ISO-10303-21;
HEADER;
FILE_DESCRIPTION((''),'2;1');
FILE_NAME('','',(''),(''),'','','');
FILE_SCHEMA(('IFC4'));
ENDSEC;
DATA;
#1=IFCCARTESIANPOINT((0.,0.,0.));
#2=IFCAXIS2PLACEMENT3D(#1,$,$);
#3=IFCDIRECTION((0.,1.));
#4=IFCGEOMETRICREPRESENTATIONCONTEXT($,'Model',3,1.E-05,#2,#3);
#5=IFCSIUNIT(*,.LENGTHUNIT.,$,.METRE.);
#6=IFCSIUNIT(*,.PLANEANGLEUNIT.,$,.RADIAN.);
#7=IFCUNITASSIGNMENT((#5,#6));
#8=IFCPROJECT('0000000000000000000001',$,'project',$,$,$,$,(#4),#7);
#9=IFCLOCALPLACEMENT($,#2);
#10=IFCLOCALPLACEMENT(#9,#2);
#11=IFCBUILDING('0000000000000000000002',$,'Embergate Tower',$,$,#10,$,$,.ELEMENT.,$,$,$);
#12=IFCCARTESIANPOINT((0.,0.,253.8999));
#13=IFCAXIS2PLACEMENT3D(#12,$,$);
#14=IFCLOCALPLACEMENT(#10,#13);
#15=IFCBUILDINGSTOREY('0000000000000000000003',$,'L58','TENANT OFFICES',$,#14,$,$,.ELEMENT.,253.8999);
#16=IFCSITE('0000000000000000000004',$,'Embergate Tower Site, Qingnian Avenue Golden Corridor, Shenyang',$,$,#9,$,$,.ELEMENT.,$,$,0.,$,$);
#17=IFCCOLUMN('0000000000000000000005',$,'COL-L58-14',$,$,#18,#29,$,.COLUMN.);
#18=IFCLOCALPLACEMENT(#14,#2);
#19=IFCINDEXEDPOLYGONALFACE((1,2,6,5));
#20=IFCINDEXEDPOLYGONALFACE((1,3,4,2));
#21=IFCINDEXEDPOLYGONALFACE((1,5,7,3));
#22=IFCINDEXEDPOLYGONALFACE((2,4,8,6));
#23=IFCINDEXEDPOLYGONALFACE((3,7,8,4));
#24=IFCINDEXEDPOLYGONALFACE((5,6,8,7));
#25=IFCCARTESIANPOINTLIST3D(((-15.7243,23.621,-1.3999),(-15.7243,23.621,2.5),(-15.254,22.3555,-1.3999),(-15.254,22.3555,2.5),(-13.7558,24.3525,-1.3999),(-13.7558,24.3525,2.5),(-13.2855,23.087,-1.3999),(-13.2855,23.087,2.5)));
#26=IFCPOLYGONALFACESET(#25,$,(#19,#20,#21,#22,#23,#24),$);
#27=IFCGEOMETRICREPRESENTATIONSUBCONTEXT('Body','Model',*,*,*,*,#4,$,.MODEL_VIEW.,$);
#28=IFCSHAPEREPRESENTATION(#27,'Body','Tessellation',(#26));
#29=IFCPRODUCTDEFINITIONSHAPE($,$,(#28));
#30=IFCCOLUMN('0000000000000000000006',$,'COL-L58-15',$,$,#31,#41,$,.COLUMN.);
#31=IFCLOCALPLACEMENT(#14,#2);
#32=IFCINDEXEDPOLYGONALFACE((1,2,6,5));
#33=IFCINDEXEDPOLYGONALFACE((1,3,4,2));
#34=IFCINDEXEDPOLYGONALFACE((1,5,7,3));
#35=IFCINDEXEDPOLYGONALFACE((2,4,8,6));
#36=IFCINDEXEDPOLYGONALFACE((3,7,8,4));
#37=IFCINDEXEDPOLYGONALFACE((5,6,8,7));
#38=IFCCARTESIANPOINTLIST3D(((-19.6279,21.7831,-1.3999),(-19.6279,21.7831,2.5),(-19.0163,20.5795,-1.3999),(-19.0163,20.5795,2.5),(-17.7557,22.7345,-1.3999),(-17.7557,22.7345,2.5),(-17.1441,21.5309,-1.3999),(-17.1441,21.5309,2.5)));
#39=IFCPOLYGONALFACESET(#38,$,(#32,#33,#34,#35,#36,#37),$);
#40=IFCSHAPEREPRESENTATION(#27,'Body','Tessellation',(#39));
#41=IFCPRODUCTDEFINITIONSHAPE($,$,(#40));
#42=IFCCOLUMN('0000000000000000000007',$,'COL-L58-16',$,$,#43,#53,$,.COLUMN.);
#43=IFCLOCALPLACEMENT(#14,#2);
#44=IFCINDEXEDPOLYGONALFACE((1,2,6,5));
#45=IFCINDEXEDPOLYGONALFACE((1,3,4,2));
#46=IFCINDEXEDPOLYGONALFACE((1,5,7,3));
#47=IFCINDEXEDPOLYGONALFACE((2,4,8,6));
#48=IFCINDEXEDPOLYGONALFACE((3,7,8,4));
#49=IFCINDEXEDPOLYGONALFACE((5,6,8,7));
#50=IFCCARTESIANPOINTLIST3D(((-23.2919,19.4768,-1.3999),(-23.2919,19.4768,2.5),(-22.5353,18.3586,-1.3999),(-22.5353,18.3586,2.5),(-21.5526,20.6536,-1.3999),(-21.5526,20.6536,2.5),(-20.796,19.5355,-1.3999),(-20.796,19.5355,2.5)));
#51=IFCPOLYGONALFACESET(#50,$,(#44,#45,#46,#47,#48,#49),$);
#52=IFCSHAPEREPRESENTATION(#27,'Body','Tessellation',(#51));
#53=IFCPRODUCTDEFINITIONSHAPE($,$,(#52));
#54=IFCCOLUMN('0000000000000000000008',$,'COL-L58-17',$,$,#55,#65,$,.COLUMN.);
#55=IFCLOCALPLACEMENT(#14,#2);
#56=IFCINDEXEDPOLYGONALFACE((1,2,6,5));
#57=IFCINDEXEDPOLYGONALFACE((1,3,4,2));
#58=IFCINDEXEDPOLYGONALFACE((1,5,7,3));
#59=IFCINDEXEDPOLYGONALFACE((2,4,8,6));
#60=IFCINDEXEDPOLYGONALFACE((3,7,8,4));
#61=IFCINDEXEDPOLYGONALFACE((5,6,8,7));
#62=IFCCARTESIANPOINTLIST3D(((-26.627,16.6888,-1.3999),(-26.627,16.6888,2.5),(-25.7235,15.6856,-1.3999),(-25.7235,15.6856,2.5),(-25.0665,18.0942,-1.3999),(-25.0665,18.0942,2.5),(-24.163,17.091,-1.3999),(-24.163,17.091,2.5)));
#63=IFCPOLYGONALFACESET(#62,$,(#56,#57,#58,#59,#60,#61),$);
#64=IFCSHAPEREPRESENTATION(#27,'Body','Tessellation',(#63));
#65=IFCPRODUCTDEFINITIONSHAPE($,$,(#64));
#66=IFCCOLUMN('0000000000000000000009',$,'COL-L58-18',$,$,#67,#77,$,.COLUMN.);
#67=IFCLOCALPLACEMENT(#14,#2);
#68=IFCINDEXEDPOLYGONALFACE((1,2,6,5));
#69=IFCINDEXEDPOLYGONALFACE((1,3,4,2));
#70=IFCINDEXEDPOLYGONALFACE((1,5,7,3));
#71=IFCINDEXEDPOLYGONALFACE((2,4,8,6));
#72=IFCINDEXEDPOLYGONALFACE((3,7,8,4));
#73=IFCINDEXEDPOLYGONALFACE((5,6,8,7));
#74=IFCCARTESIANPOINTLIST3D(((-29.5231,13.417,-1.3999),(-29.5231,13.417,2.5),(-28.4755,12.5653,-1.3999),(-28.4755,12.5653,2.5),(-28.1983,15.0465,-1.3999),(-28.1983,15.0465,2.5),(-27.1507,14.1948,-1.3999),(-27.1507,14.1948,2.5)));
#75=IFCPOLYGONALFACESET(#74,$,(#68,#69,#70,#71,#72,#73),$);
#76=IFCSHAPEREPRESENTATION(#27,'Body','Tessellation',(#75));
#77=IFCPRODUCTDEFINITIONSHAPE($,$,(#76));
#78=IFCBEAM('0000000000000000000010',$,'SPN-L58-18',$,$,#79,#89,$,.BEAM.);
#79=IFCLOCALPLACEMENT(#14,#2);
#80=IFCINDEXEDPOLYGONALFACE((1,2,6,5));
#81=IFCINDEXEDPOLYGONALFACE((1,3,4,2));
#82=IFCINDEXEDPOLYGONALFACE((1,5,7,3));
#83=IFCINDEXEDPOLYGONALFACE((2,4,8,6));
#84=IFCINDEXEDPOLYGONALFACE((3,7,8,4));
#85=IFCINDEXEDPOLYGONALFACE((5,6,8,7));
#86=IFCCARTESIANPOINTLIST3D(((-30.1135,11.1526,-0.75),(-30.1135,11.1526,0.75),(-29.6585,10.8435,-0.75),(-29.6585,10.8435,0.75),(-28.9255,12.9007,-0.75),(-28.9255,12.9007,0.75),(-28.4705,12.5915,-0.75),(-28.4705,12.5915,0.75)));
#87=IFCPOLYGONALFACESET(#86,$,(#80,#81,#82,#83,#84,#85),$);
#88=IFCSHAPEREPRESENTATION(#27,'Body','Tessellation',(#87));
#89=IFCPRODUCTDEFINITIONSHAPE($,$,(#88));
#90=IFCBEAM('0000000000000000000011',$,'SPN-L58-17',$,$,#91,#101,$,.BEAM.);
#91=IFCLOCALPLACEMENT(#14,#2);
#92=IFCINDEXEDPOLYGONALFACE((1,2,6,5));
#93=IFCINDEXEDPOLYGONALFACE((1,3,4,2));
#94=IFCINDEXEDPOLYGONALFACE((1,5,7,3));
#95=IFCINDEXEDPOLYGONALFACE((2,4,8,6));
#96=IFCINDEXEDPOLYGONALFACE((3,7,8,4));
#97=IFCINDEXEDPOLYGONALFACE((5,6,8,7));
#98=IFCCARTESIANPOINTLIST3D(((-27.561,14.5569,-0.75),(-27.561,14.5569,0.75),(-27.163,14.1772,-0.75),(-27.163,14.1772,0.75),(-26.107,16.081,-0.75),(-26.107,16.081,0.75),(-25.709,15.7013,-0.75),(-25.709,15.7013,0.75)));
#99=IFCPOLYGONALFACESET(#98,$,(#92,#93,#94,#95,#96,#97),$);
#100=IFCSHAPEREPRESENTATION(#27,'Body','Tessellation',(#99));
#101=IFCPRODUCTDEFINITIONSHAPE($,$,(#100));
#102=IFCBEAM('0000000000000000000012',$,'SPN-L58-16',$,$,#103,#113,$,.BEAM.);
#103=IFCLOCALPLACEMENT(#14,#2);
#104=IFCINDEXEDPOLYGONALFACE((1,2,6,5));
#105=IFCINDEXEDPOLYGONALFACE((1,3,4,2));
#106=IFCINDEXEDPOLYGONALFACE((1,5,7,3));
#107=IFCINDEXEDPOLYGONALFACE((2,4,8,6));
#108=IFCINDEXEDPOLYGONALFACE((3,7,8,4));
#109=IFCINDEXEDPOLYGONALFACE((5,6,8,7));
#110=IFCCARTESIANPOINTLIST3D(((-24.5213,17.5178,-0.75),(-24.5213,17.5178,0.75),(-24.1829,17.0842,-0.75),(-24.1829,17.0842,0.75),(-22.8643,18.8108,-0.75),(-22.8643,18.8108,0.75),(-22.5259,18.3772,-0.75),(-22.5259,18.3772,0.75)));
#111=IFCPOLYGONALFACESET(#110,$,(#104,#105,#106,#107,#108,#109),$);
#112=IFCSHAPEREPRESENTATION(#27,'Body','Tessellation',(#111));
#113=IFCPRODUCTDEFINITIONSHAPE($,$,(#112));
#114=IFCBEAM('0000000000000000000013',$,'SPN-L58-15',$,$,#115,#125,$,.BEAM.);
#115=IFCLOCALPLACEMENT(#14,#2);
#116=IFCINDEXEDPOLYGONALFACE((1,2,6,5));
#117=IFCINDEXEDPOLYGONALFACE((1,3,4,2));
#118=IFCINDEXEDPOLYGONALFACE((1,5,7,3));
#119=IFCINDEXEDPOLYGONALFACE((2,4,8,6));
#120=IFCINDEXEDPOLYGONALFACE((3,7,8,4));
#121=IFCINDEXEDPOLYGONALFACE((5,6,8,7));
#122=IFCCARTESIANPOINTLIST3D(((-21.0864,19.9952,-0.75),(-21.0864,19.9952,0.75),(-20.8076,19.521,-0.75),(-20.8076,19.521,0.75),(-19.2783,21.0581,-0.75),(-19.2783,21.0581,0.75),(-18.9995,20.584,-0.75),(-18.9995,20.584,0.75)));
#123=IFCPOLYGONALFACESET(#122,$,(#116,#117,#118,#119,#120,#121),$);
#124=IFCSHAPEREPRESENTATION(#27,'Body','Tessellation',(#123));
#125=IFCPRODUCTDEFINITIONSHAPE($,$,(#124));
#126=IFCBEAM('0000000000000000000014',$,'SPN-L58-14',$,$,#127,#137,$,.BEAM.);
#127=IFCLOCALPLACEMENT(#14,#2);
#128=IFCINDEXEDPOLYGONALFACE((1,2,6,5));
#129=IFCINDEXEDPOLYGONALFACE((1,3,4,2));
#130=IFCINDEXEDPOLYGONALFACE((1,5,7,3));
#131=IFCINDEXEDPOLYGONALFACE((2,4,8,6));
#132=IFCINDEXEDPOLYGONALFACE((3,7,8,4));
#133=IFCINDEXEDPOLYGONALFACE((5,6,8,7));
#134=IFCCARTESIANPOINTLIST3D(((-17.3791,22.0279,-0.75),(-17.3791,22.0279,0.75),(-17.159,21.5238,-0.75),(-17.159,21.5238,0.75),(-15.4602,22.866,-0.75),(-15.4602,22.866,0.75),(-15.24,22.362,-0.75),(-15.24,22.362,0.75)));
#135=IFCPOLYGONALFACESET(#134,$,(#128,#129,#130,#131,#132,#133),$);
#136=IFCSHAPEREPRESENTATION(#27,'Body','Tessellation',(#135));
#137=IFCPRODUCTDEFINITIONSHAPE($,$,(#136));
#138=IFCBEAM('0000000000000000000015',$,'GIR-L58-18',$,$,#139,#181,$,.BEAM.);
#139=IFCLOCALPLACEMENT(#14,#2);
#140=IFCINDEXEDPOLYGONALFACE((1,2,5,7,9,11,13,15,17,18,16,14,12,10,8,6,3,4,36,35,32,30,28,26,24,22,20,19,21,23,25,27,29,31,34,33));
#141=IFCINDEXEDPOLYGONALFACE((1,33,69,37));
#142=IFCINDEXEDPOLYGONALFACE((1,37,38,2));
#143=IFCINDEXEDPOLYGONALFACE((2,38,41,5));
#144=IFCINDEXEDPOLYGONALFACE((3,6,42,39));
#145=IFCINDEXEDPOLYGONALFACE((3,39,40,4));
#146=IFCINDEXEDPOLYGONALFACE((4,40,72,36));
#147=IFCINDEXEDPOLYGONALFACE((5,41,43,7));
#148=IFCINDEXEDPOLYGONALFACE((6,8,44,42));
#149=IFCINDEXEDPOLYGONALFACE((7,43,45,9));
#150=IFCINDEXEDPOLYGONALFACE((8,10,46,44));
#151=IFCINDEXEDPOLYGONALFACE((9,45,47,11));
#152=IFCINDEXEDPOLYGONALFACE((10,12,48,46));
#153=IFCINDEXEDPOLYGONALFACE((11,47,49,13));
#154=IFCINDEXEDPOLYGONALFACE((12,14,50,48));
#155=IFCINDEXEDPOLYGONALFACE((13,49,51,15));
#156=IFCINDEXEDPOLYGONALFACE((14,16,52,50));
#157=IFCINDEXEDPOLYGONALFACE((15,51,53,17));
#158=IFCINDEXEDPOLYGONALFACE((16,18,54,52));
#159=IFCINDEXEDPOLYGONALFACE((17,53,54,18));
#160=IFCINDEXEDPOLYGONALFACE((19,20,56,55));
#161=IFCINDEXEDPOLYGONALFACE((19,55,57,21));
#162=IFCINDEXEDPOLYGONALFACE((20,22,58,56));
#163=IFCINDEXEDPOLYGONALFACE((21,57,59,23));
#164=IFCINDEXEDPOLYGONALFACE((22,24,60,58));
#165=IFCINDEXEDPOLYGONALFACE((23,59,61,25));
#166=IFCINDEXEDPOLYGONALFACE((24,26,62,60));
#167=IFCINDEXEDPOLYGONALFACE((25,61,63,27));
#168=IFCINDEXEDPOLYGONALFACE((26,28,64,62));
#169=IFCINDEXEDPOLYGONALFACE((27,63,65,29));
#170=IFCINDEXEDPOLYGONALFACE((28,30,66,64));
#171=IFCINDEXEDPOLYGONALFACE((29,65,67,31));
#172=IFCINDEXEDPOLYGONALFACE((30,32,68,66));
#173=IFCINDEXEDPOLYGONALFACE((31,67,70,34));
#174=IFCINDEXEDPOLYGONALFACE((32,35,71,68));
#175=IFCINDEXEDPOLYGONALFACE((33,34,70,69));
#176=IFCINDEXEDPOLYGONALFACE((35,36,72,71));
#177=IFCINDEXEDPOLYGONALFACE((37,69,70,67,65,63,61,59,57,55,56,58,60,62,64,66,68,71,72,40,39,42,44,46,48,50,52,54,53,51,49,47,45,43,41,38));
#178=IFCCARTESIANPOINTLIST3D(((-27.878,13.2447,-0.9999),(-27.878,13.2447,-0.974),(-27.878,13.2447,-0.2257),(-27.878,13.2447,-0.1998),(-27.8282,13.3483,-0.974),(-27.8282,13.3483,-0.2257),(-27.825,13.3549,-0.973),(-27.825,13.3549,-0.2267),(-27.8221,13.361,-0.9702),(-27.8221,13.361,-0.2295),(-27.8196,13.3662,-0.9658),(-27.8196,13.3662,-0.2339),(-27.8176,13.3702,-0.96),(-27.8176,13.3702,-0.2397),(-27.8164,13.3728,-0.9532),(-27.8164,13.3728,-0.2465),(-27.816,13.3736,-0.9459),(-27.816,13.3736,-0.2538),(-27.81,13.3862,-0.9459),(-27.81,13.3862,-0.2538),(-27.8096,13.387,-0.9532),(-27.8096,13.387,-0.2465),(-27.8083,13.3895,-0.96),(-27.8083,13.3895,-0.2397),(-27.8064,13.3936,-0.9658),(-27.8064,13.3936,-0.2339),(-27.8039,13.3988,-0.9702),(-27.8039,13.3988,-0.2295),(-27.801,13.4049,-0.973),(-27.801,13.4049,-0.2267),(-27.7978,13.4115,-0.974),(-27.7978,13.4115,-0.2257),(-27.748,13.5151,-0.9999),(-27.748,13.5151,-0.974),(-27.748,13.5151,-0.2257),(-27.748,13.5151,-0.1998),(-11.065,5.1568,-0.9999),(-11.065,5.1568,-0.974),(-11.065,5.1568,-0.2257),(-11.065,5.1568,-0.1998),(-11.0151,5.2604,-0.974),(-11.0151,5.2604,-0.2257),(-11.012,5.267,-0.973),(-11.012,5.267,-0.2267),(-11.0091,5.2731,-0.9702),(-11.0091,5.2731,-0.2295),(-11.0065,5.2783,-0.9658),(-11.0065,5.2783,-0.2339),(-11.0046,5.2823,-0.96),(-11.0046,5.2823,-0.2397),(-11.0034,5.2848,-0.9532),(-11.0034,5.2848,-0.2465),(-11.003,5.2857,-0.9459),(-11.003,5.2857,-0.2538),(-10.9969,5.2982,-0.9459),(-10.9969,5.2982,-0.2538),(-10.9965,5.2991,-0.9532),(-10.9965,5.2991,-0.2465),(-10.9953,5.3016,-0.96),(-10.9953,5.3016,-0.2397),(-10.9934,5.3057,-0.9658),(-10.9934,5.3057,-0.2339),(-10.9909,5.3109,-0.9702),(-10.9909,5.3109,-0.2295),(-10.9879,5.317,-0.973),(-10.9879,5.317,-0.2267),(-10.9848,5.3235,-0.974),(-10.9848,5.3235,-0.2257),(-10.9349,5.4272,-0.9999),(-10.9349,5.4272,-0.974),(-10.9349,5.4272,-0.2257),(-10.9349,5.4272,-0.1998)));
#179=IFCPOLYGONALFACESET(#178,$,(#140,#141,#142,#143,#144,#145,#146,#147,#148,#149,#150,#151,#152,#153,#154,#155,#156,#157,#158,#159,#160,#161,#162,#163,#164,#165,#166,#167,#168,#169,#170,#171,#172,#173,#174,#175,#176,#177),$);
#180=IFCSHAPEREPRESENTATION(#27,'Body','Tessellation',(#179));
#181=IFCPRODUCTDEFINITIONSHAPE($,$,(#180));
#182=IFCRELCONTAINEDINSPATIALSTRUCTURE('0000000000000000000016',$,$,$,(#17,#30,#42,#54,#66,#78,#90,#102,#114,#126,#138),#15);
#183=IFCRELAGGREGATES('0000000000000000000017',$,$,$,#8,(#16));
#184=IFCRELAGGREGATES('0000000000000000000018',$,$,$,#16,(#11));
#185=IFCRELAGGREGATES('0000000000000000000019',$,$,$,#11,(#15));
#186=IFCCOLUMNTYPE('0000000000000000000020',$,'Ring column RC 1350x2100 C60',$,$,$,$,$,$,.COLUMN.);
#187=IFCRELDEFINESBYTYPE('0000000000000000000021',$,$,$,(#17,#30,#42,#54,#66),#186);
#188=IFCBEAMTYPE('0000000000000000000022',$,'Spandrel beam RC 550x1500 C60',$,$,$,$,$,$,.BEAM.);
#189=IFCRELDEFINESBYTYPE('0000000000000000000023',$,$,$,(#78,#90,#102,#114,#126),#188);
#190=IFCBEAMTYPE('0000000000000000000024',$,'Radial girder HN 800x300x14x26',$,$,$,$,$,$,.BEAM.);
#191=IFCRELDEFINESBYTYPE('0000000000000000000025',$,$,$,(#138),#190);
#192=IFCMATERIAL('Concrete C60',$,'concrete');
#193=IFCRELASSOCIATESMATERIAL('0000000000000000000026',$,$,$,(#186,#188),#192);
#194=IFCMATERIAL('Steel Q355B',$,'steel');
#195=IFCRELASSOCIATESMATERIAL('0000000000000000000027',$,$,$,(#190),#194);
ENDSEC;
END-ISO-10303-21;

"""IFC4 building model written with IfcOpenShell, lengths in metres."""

from ifc_helpers import new_model, si_unit, direction, frame, origin, origin_2d, place, context, subcontext, project, spatial, rectangle, i_section, extrude, source, transform, mapped, material, material_profile, profile_set, type_object, element, save


model = new_model("IFC4")

# Units and contexts
model_context = context("Model", 3, precision=1e-05, world=origin(), true_north=direction((0.0, 1.0)))
body_context = subcontext(model_context, "Body", "Model", "MODEL_VIEW")
ifc_project = project(units=[si_unit("LENGTHUNIT", "METRE"), si_unit("PLANEANGLEUNIT", "RADIAN")], contexts=[model_context])

# Site, building, storey
site_placement = place(None, origin())
site = spatial("IfcSite", under=ifc_project, at=site_placement, Name="Embergate Tower Site, Qingnian Avenue Golden Corridor, Shenyang", CompositionType="ELEMENT", RefElevation=0.0)
building_placement = place(site_placement, origin())
building = spatial("IfcBuilding", under=site, at=building_placement, Name="Embergate Tower", CompositionType="ELEMENT")
storey_placement = place(building_placement, frame((0.0, 0.0, 253.8999)))
storey = spatial("IfcBuildingStorey", under=building, at=storey_placement, Name="L58", Description="TENANT OFFICES", CompositionType="ELEMENT", Elevation=253.8999)

# Columns
ifc_material_1 = material(Name="Concrete C60", Category="concrete")
ifc_material_profile_1 = material_profile(ifc_material_1, rectangle(XDim=1.3501, YDim=2.1001, at=origin_2d()), Name="RC 1350x2100")
ifc_profile_set_1 = profile_set([ifc_material_profile_1], Name="Concrete C60")
column_type = type_object("IfcColumnType", Name="Ring column RC 1350x2100 C60", PredefinedType="COLUMN", material=ifc_profile_set_1)
shared_shape_1 = source(origin(), body_context, "Body", "SweptSolid", [
    extrude(rectangle(XDim=1.3501, YDim=2.1001, at=origin_2d()), origin(), (0.0, 0.0, 1.0), 3.8999),
])
for number, where, z_axis, x_axis, name in (
    (1, (-14.5049, 23.354, -1.3999), (0.0, 0.0, 1.0), (-0.348343, 0.937367, 0.0), "COL-L58-14"),
    (2, (-18.386, 21.657, -1.3999), (0.0, 0.0, 1.0), (-0.453011, 0.891505, 0.0), "COL-L58-15"),
    (3, (-22.0439, 19.5061, -1.3999), (0.0, 0.0, 1.0), (-0.560393, 0.828227, 0.0), "COL-L58-16"),
    (4, (-25.395, 16.8899, -1.3999), (0.0, 0.0, 1.0), (-0.669208, 0.743075, 0.0), "COL-L58-17"),
    (5, (-28.3369, 13.8059, -1.3999), (0.0, 0.0, 1.0), (-0.775925, 0.630825, 0.0), "COL-L58-18"),
):
    element("IfcColumn", number, at=place(storey_placement, frame(where, z_axis=z_axis, x_axis=x_axis)), inside=storey, type_object=column_type, Name=name, PredefinedType="COLUMN", context=body_context, shape_type="MappedRepresentation", body=[
        mapped(shared_shape_1, transform((0.0, 0.0, 0.0))),
    ])

# Beams
ifc_material_profile_2 = material_profile(ifc_material_1, rectangle(XDim=0.55, YDim=1.5, at=origin_2d()), Name="RC 550x1500")
ifc_profile_set_2 = profile_set([ifc_material_profile_2], Name="Concrete C60")
beam_type_1 = type_object("IfcBeamType", Name="Spandrel beam RC 550x1500 C60", PredefinedType="BEAM", material=ifc_profile_set_2)
shared_shape_2 = source(origin(), body_context, "Body", "SweptSolid", [
    extrude(rectangle(XDim=0.55, YDim=1.5, at=origin_2d()), origin(), (0.0, 0.0, 1.0), 2.1135),
])
beam_1_placement = place(storey_placement, frame((-28.698, 12.7461, 0.0), z_axis=(-0.562089, -0.827077, 0.0), x_axis=(0.827077, -0.562089, 0.0)))
element("IfcBeam", 6, at=beam_1_placement, inside=storey, type_object=beam_type_1, Name="SPN-L58-18", PredefinedType="BEAM", context=body_context, shape_type="MappedRepresentation", body=[
    mapped(shared_shape_2, transform((0.0, 0.0, 0.0))),
])
shared_shape_3 = source(origin(), body_context, "Body", "SweptSolid", [
    extrude(rectangle(XDim=0.55, YDim=1.5, at=origin_2d()), origin(), (0.0, 0.0, 1.0), 2.1064),
])
beam_2_placement = place(storey_placement, frame((-25.908, 15.8911, 0.0), z_axis=(-0.69028, -0.723542, 0.0), x_axis=(0.723542, -0.69028, 0.0)))
element("IfcBeam", 7, at=beam_2_placement, inside=storey, type_object=beam_type_1, Name="SPN-L58-17", PredefinedType="BEAM", context=body_context, shape_type="MappedRepresentation", body=[
    mapped(shared_shape_3, transform((0.0, 0.0, 0.0))),
])
shared_shape_4 = source(origin(), body_context, "Body", "SweptSolid", [
    extrude(rectangle(XDim=0.55, YDim=1.5, at=origin_2d()), origin(), (0.0, 0.0, 1.0), 2.1018),
])
beam_3_placement = place(storey_placement, frame((-22.6951, 18.594, 0.0), z_axis=(-0.788382, -0.615186, 0.0), x_axis=(0.615186, -0.788382, 0.0)))
element("IfcBeam", 8, at=beam_3_placement, inside=storey, type_object=beam_type_1, Name="SPN-L58-16", PredefinedType="BEAM", context=body_context, shape_type="MappedRepresentation", body=[
    mapped(shared_shape_4, transform((0.0, 0.0, 0.0))),
])
shared_shape_5 = source(origin(), body_context, "Body", "SweptSolid", [
    extrude(rectangle(XDim=0.55, YDim=1.5, at=origin_2d()), origin(), (0.0, 0.0, 1.0), 2.0974),
])
beam_4_placement = place(storey_placement, frame((-19.1389, 20.821, 0.0), z_axis=(-0.86206, -0.506806, 0.0), x_axis=(0.506806, -0.86206, 0.0)))
element("IfcBeam", 9, at=beam_4_placement, inside=storey, type_object=beam_type_1, Name="SPN-L58-15", PredefinedType="BEAM", context=body_context, shape_type="MappedRepresentation", body=[
    mapped(shared_shape_5, transform((0.0, 0.0, 0.0))),
])
shared_shape_6 = source(origin(), body_context, "Body", "SweptSolid", [
    extrude(rectangle(XDim=0.55, YDim=1.5, at=origin_2d()), origin(), (0.0, 0.0, 1.0), 2.094),
])
beam_5_placement = place(storey_placement, frame((-15.3501, 22.614, 0.0), z_axis=(-0.916403, -0.400256, 0.0), x_axis=(0.400256, -0.916403, 0.0)))
element("IfcBeam", 10, at=beam_5_placement, inside=storey, type_object=beam_type_1, Name="SPN-L58-14", PredefinedType="BEAM", context=body_context, shape_type="MappedRepresentation", body=[
    mapped(shared_shape_6, transform((0.0, 0.0, 0.0))),
])
ifc_material_2 = material(Name="Steel Q355B", Category="steel")
ifc_material_profile_3 = material_profile(ifc_material_2, i_section(OverallWidth=0.3, OverallDepth=0.8, WebThickness=0.0139, FlangeThickness=0.0259, FilletRadius=0.0281, at=origin_2d()), Name="HN 800x300x14x26")
ifc_profile_set_3 = profile_set([ifc_material_profile_3], Name="Steel Q355 grade B")
beam_type_2 = type_object("IfcBeamType", Name="Radial girder HN 800x300x14x26", PredefinedType="BEAM", material=ifc_profile_set_3)
shared_shape_7 = source(origin(), body_context, "Body", "SweptSolid", [
    extrude(i_section(OverallWidth=0.3, OverallDepth=0.8, WebThickness=0.0139, FlangeThickness=0.0259, FilletRadius=0.0281, at=origin_2d()), origin(), (0.0, 0.0, 1.0), 18.6572),
])
beam_6_placement = place(storey_placement, frame((-27.813, 13.3799, -0.5999), z_axis=(0.901154, -0.4335, 0.0), x_axis=(0.4335, 0.901154, 0.0)))
element("IfcBeam", 11, at=beam_6_placement, inside=storey, type_object=beam_type_2, Name="GIR-L58-18", PredefinedType="BEAM", context=body_context, shape_type="MappedRepresentation", body=[
    mapped(shared_shape_7, transform((0.0, 0.0, 0.0))),
])

save(model, "model.ifc")
